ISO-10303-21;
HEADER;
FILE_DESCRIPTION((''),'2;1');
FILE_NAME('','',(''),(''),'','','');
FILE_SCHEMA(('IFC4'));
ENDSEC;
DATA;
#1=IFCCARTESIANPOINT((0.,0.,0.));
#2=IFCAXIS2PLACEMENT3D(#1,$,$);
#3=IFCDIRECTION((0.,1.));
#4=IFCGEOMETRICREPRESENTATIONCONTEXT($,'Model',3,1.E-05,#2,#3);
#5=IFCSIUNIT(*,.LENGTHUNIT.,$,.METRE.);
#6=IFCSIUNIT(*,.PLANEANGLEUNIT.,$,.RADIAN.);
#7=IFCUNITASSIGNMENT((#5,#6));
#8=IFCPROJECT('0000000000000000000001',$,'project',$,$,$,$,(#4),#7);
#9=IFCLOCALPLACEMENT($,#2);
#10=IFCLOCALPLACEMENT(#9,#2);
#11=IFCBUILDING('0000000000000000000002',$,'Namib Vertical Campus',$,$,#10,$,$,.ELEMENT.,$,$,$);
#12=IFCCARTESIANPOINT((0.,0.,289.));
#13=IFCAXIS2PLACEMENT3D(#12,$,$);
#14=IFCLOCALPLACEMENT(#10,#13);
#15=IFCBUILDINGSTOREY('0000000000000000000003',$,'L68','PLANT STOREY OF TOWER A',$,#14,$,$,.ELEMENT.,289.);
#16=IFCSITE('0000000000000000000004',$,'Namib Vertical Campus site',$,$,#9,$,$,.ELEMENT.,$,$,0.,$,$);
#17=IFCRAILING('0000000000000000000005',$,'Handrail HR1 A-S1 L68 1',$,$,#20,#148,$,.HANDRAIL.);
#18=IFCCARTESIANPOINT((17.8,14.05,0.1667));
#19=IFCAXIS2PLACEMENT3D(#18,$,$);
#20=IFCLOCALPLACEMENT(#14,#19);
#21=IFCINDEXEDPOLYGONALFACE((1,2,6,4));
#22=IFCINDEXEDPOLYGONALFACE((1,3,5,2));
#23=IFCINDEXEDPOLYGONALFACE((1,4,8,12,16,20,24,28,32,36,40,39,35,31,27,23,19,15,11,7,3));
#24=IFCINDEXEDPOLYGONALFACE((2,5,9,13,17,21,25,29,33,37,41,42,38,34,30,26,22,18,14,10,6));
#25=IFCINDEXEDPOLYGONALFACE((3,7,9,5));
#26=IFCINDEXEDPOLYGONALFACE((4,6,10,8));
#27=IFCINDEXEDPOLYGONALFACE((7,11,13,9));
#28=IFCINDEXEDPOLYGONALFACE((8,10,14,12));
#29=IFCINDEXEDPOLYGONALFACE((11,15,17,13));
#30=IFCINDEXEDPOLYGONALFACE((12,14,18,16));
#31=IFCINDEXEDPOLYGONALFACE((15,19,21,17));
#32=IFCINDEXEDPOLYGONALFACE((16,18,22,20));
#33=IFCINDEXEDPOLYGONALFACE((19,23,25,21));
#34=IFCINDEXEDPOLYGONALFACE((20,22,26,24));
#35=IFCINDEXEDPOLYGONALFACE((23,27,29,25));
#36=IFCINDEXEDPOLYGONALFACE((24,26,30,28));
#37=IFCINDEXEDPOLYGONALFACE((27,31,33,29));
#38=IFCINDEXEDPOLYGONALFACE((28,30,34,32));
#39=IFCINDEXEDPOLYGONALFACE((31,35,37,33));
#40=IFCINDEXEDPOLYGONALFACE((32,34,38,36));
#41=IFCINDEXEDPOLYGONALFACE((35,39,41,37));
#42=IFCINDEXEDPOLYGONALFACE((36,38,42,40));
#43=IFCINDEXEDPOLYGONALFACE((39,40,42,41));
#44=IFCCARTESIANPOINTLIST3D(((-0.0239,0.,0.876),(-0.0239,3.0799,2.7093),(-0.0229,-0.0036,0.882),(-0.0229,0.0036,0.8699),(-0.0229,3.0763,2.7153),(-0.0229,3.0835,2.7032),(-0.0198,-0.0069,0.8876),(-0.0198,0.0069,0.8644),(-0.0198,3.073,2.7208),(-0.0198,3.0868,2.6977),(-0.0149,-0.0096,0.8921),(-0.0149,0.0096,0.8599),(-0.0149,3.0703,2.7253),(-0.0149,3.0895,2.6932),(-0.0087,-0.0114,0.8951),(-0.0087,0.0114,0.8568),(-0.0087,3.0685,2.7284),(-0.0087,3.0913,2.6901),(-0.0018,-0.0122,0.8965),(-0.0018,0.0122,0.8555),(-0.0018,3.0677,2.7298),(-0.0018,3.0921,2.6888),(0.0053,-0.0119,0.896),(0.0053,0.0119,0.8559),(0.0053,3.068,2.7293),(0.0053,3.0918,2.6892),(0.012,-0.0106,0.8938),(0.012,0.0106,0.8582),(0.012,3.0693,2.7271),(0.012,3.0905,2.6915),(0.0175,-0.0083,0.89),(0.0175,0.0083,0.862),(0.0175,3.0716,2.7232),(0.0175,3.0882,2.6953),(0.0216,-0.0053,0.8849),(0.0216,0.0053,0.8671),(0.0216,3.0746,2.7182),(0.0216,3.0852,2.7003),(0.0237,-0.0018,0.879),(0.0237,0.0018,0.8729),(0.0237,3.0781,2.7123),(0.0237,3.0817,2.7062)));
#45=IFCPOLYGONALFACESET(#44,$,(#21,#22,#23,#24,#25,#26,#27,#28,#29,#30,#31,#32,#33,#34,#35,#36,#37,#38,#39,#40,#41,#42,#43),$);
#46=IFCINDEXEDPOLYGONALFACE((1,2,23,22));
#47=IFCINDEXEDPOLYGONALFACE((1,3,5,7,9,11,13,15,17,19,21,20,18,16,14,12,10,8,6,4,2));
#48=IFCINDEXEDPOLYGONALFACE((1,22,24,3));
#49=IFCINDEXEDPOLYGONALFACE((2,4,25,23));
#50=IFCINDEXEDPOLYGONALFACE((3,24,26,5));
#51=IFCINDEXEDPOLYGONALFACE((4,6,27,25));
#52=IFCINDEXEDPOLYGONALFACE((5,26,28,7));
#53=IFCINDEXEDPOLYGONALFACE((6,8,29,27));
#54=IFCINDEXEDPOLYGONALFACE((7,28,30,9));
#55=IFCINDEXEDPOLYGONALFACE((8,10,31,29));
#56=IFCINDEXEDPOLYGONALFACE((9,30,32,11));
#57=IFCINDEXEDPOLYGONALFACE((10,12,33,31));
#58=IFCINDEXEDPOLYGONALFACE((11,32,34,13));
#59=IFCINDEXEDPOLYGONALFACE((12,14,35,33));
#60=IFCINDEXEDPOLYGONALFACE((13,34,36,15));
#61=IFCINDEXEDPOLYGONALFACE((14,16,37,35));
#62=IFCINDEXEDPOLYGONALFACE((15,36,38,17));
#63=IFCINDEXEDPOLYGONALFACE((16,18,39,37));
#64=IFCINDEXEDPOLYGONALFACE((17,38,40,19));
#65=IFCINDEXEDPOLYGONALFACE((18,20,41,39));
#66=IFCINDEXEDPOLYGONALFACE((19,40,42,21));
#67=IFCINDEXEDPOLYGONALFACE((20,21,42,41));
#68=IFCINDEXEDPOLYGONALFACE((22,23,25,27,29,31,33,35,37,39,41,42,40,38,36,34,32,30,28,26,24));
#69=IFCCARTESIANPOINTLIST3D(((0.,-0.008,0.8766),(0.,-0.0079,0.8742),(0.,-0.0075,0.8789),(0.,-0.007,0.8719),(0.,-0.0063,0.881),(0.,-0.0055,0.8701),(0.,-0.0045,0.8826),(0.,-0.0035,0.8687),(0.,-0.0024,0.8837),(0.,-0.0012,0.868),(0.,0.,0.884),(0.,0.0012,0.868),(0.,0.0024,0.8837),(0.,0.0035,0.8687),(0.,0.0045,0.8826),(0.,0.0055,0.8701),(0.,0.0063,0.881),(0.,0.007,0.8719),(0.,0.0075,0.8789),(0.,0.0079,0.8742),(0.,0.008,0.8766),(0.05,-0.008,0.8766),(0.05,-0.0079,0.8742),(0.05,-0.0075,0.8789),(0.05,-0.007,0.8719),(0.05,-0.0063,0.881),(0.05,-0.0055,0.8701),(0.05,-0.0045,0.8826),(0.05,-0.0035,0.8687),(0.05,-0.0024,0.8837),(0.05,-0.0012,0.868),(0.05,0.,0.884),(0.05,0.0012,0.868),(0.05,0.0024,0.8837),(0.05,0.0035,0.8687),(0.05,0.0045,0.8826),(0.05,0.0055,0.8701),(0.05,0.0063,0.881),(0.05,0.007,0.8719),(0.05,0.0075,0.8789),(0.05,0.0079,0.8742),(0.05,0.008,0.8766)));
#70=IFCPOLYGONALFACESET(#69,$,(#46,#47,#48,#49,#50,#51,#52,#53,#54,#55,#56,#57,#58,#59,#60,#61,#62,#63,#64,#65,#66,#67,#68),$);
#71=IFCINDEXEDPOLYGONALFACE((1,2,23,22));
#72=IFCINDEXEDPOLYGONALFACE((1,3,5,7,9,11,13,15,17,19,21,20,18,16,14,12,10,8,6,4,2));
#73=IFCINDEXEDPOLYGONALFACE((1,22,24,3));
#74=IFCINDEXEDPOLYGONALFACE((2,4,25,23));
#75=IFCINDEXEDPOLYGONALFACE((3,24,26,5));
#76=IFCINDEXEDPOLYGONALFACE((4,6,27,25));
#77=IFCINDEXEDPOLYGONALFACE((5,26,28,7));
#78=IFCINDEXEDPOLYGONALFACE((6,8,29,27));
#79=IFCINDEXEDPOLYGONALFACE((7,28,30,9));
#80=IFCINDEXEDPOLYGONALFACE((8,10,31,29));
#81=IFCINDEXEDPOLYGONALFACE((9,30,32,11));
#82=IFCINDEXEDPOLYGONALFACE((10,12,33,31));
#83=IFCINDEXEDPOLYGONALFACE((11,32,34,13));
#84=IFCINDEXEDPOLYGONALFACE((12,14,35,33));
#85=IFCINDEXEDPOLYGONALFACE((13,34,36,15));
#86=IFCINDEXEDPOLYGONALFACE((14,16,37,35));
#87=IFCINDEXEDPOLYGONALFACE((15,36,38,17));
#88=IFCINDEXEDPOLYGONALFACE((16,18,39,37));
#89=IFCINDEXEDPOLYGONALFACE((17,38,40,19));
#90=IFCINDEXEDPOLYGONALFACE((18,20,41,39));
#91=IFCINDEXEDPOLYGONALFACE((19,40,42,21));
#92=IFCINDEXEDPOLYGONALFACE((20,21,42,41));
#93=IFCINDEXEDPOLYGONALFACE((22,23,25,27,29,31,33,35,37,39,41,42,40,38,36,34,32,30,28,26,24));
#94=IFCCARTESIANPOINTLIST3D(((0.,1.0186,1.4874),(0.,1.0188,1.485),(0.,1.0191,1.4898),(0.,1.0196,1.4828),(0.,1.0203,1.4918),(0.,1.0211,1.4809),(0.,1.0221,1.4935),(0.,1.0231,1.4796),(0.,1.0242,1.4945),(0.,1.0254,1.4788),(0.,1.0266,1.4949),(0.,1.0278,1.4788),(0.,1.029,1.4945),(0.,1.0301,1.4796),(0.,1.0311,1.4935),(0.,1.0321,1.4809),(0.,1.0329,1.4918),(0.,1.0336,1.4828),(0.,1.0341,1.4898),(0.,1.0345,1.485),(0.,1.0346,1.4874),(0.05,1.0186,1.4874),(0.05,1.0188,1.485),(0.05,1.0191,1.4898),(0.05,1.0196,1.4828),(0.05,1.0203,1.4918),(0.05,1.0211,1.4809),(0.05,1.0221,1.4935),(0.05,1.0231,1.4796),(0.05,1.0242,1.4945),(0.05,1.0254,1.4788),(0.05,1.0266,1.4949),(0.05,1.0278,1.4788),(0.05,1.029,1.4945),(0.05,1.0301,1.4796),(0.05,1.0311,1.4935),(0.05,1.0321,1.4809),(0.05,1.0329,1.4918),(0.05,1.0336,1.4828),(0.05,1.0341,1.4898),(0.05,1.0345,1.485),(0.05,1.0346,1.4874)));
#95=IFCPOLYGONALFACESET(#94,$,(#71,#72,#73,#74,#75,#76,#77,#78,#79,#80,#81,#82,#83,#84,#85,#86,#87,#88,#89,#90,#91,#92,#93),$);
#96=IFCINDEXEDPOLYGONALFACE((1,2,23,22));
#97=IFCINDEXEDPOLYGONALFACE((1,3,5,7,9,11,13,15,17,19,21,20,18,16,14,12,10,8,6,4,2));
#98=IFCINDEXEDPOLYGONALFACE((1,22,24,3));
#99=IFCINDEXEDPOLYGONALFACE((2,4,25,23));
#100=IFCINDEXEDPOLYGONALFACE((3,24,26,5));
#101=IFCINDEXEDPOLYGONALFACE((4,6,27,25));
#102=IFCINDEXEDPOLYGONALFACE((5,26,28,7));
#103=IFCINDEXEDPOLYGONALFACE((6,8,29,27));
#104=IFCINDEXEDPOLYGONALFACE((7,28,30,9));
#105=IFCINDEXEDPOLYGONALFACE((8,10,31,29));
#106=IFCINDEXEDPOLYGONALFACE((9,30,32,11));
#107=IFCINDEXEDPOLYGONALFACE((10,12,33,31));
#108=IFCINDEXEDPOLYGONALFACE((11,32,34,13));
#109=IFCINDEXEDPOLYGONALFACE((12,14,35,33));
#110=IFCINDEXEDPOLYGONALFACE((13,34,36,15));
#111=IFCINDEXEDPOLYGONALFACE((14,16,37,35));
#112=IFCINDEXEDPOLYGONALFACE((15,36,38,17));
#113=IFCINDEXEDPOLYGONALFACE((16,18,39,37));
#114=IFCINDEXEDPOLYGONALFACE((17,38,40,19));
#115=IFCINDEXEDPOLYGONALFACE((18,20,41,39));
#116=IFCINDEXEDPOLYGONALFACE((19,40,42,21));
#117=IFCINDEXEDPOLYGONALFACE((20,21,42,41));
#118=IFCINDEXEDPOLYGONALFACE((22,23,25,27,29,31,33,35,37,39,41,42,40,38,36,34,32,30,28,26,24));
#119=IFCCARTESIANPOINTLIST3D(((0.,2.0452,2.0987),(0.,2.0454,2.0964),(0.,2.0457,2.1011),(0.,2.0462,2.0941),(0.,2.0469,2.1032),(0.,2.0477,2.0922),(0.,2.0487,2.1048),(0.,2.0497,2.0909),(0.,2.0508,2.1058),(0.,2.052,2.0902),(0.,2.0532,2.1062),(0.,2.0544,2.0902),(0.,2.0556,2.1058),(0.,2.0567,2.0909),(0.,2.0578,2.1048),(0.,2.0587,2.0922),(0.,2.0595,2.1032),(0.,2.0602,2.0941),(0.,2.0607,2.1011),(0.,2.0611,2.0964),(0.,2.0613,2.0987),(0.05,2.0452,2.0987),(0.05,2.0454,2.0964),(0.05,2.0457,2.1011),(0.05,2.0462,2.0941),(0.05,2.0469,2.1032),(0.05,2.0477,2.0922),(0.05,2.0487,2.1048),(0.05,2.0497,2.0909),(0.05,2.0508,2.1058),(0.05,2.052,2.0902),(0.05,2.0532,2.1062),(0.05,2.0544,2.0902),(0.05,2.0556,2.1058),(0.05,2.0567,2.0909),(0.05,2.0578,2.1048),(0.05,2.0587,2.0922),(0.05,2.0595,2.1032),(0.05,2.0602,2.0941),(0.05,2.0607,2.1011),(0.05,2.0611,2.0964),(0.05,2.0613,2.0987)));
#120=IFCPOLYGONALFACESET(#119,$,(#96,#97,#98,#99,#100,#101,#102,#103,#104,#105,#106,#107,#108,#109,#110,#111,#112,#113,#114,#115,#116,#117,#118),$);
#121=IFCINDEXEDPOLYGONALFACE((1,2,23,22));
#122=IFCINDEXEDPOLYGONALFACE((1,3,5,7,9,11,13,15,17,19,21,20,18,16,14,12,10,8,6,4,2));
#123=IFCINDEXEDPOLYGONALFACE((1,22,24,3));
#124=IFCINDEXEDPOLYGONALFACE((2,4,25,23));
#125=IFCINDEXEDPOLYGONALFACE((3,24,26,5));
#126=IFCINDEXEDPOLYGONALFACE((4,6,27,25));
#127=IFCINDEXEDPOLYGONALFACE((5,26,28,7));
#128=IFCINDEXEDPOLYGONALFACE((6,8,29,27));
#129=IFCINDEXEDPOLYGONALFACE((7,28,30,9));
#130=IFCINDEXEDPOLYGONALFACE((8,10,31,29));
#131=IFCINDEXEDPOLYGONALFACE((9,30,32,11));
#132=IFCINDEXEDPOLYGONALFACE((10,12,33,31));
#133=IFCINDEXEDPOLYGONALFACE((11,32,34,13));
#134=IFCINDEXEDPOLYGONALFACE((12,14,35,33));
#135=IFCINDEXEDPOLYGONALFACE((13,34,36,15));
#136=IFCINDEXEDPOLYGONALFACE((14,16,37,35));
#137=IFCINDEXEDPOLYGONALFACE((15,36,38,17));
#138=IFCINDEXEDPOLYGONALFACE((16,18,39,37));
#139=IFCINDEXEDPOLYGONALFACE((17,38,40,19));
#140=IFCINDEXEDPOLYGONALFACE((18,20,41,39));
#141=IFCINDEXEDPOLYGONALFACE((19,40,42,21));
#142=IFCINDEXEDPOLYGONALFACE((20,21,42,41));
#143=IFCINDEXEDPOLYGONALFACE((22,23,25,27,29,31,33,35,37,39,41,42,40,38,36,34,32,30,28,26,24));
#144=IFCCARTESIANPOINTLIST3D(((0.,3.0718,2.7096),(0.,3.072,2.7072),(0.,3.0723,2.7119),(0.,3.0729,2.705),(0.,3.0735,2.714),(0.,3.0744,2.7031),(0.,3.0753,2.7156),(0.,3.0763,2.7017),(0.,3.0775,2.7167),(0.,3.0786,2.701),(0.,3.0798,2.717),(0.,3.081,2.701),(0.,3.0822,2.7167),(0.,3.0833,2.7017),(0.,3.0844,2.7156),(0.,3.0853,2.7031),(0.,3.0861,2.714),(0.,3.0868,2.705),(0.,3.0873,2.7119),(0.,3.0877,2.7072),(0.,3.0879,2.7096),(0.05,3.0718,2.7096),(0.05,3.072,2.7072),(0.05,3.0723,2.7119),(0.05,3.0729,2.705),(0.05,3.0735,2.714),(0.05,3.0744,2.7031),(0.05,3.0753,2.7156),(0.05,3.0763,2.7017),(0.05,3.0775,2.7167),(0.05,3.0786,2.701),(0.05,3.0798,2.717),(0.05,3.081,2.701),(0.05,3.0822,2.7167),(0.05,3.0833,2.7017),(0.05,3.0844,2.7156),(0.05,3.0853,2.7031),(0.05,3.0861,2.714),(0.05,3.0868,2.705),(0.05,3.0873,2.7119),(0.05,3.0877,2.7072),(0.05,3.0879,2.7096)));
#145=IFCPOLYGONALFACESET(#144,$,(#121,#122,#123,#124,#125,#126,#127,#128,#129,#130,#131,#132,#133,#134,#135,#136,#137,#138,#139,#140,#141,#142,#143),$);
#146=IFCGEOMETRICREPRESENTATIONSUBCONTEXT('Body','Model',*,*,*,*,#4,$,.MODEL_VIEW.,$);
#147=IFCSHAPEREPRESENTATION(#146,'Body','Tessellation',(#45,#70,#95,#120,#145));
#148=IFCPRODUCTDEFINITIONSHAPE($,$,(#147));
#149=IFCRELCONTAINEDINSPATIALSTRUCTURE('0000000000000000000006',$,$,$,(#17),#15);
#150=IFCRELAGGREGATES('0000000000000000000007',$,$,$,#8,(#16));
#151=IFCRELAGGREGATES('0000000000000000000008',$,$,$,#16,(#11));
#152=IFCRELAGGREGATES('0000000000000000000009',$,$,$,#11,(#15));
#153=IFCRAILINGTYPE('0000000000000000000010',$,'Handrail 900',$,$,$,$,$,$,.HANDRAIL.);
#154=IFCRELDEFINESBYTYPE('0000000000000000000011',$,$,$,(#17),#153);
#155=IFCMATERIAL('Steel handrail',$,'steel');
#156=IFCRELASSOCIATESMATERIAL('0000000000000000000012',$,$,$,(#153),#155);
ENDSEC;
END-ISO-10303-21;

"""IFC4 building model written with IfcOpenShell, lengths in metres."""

from ifc_helpers import new_model, si_unit, direction, frame, origin, origin_2d, place, context, subcontext, project, spatial, circle, extrude, material, type_object, element, save


model = new_model("IFC4")

# Units and contexts
model_context = context("Model", 3, precision=1e-05, world=origin(), true_north=direction((0.0, 1.0)))
body_context = subcontext(model_context, "Body", "Model", "MODEL_VIEW")
ifc_project = project(units=[si_unit("LENGTHUNIT", "METRE"), si_unit("PLANEANGLEUNIT", "RADIAN")], contexts=[model_context])

# Site, building, storey
site_placement = place(None, origin())
site = spatial("IfcSite", under=ifc_project, at=site_placement, Name="Namib Vertical Campus site", CompositionType="ELEMENT", RefElevation=0.0)
building_placement = place(site_placement, origin())
building = spatial("IfcBuilding", under=site, at=building_placement, Name="Namib Vertical Campus", CompositionType="ELEMENT")
storey_placement = place(building_placement, frame((0.0, 0.0, 289.0)))
storey = spatial("IfcBuildingStorey", under=building, at=storey_placement, Name="L68", Description="PLANT STOREY OF TOWER A", CompositionType="ELEMENT", Elevation=289.0)

# Railing
ifc_material_1 = material(Name="Steel handrail", Category="steel")
railing_type_1 = type_object("IfcRailingType", Name="Handrail 900", PredefinedType="HANDRAIL", material=ifc_material_1)
railing_1_placement = place(storey_placement, frame((17.8, 14.05, 0.1667)))
element("IfcRailing", 1, at=railing_1_placement, inside=storey, type_object=railing_type_1, Name="Handrail HR1 A-S1 L68 1", PredefinedType="HANDRAIL", context=body_context, shape_type="SweptSolid", body=[
    extrude(circle(Radius=0.0239, at=origin_2d()), frame((0.0, 0.0, 0.876), z_axis=(0.0, 0.859291, 0.511487), x_axis=(-1.0, 0.0, 0.0)), (0.0, 0.0, 1.0), 3.5842),
    extrude(circle(Radius=0.0081, at=origin_2d()), frame((0.0, 0.0, 0.876), z_axis=(1.0, 0.0, 0.0), x_axis=(0.0, 0.0, 1.0)), (0.0, 0.0, 1.0), 0.05),
    extrude(circle(Radius=0.0081, at=origin_2d()), frame((0.0, 1.0266, 1.4868), z_axis=(1.0, 0.0, 0.0), x_axis=(0.0, 0.0, 1.0)), (0.0, 0.0, 1.0), 0.05),
    extrude(circle(Radius=0.0081, at=origin_2d()), frame((0.0, 2.0532, 2.0981), z_axis=(1.0, 0.0, 0.0), x_axis=(0.0, 0.0, 1.0)), (0.0, 0.0, 1.0), 0.05),
    extrude(circle(Radius=0.0081, at=origin_2d()), frame((0.0, 3.0798, 2.709), z_axis=(1.0, 0.0, 0.0), x_axis=(0.0, 0.0, 1.0)), (0.0, 0.0, 1.0), 0.05),
])

save(model, "model.ifc")
